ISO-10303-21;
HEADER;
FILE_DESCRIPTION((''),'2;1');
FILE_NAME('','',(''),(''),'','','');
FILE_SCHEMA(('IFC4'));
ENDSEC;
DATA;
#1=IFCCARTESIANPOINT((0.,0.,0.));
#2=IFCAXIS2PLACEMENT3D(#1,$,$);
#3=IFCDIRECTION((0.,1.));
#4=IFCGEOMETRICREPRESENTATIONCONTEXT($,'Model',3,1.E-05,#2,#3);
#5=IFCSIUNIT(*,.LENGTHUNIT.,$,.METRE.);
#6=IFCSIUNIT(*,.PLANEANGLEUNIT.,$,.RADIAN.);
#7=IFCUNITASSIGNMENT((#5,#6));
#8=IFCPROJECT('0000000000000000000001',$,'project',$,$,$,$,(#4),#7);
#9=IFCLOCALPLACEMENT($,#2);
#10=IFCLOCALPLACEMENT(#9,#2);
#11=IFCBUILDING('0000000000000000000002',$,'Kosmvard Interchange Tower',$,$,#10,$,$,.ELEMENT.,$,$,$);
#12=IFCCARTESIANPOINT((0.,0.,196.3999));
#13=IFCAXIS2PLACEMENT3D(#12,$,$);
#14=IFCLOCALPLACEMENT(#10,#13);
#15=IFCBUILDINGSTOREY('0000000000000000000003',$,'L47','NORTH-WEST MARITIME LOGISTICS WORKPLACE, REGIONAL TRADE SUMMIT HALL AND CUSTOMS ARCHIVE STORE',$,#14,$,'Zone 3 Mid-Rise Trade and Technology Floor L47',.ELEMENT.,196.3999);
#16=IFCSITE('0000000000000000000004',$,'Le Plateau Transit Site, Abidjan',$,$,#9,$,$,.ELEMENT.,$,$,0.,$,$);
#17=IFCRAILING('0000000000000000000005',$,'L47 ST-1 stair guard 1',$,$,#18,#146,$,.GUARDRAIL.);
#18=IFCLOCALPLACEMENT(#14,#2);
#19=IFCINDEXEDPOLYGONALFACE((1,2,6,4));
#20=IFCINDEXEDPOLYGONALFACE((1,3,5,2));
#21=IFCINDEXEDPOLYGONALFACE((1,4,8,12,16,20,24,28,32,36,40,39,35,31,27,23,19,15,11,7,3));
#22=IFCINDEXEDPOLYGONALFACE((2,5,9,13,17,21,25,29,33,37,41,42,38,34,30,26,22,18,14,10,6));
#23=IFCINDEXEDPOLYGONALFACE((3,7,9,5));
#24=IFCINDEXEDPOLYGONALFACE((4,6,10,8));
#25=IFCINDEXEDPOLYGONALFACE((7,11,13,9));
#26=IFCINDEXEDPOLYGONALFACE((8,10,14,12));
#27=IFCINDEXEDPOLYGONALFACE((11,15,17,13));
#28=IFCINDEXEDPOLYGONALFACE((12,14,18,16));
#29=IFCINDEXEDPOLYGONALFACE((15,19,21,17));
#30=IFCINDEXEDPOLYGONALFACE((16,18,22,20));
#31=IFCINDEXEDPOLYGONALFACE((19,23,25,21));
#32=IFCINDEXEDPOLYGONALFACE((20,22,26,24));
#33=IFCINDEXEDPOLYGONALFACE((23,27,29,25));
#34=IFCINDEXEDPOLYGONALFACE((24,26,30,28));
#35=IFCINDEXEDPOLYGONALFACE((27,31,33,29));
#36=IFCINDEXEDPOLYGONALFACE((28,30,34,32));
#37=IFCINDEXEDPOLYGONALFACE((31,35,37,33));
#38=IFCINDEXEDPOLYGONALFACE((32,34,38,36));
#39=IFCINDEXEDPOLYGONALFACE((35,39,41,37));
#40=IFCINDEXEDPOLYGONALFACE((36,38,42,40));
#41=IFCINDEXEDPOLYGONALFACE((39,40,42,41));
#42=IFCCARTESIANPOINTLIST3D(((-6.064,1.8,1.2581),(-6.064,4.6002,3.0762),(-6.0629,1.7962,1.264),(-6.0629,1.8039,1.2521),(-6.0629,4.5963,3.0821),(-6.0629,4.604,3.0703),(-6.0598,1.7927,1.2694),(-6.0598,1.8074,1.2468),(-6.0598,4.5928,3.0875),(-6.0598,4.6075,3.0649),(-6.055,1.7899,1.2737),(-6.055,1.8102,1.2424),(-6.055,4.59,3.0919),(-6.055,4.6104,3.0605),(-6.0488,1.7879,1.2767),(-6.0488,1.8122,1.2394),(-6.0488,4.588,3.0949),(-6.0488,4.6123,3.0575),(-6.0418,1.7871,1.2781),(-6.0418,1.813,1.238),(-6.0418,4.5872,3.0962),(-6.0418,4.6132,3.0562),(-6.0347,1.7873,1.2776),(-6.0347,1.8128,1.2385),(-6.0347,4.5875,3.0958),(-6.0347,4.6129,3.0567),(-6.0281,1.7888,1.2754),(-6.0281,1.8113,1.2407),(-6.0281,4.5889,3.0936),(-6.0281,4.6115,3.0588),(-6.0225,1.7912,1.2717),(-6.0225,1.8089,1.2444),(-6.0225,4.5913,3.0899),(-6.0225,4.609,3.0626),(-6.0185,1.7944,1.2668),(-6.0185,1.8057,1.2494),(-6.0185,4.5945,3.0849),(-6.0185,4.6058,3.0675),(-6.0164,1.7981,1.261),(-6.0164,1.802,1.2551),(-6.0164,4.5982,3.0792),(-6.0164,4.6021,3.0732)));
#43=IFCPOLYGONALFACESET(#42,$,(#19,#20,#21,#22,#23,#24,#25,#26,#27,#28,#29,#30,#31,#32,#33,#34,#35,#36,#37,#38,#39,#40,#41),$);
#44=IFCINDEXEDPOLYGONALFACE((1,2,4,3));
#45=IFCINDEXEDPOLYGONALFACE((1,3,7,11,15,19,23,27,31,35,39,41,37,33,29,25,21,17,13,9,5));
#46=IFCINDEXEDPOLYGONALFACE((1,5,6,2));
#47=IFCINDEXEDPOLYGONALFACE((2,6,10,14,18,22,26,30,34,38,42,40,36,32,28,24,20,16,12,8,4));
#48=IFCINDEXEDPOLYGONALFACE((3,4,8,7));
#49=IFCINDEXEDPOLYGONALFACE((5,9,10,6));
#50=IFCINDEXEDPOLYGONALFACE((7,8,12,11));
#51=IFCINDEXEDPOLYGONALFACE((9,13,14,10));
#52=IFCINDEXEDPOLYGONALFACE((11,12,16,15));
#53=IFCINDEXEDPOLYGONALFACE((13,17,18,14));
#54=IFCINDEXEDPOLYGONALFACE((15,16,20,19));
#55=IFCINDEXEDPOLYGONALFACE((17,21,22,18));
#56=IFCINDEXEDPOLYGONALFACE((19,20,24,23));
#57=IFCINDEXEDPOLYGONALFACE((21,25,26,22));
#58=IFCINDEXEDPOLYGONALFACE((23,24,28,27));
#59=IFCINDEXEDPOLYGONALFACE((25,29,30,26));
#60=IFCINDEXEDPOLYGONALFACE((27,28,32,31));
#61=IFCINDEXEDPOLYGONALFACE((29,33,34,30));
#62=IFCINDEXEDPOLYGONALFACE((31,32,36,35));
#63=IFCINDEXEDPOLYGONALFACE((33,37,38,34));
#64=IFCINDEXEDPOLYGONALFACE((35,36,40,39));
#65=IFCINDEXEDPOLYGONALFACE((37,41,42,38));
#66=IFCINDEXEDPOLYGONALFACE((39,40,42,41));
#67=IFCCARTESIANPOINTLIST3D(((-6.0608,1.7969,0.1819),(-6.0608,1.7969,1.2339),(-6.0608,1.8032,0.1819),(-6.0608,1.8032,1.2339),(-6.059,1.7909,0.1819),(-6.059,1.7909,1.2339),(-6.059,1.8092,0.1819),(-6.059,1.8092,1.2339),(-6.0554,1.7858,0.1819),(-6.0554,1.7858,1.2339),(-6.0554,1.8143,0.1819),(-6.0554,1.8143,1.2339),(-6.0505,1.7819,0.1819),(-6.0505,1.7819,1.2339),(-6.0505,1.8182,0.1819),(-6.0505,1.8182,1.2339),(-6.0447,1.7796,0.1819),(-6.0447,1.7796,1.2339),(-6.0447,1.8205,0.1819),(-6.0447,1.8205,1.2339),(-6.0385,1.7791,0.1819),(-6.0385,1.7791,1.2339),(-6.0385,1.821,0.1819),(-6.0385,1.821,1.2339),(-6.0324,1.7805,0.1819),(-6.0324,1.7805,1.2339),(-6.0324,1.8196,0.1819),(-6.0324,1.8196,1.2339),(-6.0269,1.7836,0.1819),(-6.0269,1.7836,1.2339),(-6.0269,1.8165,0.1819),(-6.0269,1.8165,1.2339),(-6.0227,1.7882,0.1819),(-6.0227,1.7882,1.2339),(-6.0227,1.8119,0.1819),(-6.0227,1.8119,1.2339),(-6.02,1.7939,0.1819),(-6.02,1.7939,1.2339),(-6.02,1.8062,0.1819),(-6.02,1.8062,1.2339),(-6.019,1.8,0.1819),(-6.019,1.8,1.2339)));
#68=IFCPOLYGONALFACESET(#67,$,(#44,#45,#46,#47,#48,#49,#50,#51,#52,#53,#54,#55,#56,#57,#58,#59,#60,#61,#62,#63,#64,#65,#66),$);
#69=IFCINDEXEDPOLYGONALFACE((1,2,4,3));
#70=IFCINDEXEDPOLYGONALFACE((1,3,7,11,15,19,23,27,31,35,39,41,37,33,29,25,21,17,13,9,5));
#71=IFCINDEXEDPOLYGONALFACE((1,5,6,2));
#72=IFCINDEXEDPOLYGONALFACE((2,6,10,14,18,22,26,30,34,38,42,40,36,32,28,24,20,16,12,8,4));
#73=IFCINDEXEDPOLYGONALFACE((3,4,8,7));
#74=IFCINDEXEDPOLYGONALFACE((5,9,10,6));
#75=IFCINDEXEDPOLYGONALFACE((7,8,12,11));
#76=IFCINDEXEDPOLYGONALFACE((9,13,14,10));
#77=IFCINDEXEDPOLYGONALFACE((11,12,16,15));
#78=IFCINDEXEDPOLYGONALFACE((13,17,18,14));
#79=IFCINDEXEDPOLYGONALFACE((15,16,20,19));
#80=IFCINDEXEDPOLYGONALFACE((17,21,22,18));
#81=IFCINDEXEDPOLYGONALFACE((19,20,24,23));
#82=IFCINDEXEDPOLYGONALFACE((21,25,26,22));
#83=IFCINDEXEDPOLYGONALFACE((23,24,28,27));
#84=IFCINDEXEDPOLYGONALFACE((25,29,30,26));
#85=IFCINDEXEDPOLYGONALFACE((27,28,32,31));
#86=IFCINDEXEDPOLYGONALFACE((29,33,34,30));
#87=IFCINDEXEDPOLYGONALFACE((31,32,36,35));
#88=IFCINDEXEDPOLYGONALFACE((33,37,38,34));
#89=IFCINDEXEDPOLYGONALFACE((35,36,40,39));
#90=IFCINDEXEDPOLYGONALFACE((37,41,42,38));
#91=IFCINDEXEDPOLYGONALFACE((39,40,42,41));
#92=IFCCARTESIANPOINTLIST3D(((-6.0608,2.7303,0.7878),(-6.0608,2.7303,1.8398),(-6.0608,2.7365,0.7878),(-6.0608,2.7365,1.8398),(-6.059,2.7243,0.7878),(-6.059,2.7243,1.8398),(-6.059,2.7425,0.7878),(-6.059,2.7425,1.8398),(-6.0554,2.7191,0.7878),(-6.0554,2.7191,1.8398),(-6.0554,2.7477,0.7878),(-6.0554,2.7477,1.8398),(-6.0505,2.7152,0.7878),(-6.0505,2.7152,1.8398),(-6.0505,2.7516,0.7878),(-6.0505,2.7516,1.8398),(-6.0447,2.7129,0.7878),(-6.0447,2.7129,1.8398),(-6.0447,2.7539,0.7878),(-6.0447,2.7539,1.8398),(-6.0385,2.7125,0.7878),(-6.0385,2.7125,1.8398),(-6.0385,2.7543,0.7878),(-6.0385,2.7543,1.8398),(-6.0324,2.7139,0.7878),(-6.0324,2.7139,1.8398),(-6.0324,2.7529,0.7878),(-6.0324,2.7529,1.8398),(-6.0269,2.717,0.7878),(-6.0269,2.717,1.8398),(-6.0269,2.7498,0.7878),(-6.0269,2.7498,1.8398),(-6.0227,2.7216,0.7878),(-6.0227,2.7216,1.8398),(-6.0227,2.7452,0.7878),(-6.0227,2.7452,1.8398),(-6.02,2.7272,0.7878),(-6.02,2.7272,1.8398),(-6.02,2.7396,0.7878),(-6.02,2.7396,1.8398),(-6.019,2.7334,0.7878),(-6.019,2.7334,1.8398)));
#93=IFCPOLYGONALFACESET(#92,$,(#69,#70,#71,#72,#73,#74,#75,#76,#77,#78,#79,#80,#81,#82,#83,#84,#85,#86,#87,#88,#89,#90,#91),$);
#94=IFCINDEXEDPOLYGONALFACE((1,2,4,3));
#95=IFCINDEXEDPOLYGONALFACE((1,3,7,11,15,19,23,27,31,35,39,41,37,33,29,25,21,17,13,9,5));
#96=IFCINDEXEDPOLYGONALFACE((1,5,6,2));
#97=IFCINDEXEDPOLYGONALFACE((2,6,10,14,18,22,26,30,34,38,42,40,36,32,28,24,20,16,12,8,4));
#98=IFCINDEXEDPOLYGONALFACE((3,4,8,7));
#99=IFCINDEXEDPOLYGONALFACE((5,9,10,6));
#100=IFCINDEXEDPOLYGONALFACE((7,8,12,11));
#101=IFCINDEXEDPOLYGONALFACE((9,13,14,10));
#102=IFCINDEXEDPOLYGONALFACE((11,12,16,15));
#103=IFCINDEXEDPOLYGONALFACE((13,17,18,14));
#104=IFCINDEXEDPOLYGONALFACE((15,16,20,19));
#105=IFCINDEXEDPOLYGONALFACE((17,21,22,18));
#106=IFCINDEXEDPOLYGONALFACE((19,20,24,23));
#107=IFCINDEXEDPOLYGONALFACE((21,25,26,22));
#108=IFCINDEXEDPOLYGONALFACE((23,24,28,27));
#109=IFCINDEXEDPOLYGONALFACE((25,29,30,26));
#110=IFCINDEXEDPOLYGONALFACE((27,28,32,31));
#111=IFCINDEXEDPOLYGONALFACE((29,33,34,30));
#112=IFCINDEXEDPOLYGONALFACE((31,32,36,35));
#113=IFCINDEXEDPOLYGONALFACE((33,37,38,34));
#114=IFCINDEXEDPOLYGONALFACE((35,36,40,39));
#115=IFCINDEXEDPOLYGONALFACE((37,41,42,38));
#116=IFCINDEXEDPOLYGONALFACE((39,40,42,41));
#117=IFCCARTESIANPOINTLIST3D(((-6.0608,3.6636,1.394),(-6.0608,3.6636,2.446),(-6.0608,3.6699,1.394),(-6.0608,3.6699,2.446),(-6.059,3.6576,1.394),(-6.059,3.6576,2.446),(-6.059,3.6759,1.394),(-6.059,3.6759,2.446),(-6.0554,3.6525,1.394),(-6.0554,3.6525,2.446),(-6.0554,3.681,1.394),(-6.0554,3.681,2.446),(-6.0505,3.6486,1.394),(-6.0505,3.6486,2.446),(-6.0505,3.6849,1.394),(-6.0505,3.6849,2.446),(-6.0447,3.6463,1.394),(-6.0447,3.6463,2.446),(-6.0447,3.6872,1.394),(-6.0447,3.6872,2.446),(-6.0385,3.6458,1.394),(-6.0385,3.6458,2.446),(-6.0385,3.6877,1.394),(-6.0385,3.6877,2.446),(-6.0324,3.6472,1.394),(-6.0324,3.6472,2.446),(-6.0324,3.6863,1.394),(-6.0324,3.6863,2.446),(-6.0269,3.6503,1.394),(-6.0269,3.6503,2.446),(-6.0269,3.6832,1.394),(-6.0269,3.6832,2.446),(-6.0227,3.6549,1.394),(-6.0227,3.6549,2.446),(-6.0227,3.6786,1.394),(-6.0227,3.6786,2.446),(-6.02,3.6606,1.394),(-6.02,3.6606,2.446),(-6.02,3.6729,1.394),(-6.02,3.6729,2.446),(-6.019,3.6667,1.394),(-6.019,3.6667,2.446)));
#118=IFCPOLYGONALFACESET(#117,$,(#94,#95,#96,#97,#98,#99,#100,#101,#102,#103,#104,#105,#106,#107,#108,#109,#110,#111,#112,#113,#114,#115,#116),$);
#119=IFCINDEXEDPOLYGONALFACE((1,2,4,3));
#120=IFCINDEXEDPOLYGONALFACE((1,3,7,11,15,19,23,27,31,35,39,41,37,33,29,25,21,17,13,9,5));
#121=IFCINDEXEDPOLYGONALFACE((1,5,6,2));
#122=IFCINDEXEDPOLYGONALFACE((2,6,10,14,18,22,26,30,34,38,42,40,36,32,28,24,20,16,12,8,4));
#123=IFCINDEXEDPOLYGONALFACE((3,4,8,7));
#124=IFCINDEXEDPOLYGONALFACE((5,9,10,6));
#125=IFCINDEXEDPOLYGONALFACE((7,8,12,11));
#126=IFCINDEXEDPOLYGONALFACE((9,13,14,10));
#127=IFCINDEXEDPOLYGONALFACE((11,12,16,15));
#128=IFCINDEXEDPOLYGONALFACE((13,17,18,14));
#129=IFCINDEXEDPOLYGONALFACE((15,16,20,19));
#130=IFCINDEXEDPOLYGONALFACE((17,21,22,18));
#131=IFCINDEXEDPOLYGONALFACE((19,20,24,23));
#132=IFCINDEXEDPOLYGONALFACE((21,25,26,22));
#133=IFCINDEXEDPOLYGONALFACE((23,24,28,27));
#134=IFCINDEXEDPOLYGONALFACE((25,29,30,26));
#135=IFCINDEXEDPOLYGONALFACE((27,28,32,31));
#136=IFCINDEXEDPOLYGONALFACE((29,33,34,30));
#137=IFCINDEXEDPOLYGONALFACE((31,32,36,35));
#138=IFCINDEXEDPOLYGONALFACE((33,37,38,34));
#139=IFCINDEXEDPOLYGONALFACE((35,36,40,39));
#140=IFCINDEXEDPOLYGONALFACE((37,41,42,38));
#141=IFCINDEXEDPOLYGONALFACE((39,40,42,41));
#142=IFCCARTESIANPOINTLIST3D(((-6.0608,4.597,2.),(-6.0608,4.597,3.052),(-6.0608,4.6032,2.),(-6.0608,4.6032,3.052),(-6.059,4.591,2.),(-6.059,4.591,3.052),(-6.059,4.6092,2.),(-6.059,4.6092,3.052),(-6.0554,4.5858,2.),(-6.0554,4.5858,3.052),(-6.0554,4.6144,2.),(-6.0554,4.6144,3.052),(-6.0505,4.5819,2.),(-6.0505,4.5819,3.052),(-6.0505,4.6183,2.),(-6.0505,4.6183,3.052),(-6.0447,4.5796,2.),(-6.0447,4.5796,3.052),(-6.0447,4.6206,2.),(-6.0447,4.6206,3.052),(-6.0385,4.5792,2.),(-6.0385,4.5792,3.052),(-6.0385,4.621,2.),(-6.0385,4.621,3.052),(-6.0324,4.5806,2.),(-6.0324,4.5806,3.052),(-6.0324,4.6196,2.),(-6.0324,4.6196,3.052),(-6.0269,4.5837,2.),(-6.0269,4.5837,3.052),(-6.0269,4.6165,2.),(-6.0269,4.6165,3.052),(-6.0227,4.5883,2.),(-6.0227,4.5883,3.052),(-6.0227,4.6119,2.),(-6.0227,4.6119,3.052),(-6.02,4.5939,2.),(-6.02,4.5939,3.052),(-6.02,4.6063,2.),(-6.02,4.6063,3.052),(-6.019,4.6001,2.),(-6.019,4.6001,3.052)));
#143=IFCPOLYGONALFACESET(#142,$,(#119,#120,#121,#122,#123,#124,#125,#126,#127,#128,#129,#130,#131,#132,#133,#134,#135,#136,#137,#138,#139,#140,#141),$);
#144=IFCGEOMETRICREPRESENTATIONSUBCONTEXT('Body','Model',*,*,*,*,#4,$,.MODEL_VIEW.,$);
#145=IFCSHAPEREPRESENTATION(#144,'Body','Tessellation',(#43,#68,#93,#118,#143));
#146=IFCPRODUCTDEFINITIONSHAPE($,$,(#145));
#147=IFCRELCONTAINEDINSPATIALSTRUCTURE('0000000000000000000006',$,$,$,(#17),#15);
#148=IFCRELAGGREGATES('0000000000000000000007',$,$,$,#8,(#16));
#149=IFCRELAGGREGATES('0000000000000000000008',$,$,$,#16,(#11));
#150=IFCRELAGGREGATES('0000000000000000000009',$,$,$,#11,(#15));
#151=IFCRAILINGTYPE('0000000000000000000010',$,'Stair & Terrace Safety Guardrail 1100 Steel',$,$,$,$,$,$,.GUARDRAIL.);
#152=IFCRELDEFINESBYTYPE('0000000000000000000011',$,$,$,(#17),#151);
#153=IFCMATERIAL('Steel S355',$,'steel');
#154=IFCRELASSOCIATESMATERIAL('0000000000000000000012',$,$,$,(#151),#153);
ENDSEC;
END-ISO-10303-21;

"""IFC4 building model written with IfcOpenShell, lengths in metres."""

from ifc_helpers import new_model, si_unit, direction, frame, origin, origin_2d, place, context, subcontext, project, spatial, circle, extrude, source, transform, mapped, material, type_object, element, save


model = new_model("IFC4")

# Units and contexts
model_context = context("Model", 3, precision=1e-05, world=origin(), true_north=direction((0.0, 1.0)))
body_context = subcontext(model_context, "Body", "Model", "MODEL_VIEW")
ifc_project = project(units=[si_unit("LENGTHUNIT", "METRE"), si_unit("PLANEANGLEUNIT", "RADIAN")], contexts=[model_context])

# Site, building, storey
site_placement = place(None, origin())
site = spatial("IfcSite", under=ifc_project, at=site_placement, Name="Le Plateau Transit Site, Abidjan", CompositionType="ELEMENT", RefElevation=0.0)
building_placement = place(site_placement, origin())
building = spatial("IfcBuilding", under=site, at=building_placement, Name="Kosmvard Interchange Tower", CompositionType="ELEMENT")
storey_placement = place(building_placement, frame((0.0, 0.0, 196.3999)))
storey = spatial("IfcBuildingStorey", under=building, at=storey_placement, Name="L47", Description="NORTH-WEST MARITIME LOGISTICS WORKPLACE, REGIONAL TRADE SUMMIT HALL AND CUSTOMS ARCHIVE STORE", LongName="Zone 3 Mid-Rise Trade and Technology Floor L47", CompositionType="ELEMENT", Elevation=196.3999)

# Shared definitions
ifc_material_1 = material(Name="Steel S355", Category="steel")

# Railing
railing_type_1 = type_object("IfcRailingType", Name="Stair & Terrace Safety Guardrail 1100 Steel", PredefinedType="GUARDRAIL", material=ifc_material_1)
shared_shape_1 = source(origin(), body_context, "Body", "SweptSolid", [
    extrude(circle(Radius=0.0239, at=origin_2d()), frame((0.0, 0.0, 1.0762), z_axis=(0.0, 0.838706, 0.544585), x_axis=(-1.0, 0.0, 0.0)), (0.0, 0.0, 1.0), 3.3386),
    extrude(circle(Radius=0.021, at=origin_2d()), origin(), (0.0, 0.0, 1.0), 1.052),
    extrude(circle(Radius=0.021, at=origin_2d()), frame((0.0, 0.9333, 0.606)), (0.0, 0.0, 1.0), 1.052),
    extrude(circle(Radius=0.021, at=origin_2d()), frame((0.0, 1.8667, 1.2122)), (0.0, 0.0, 1.0), 1.052),
    extrude(circle(Radius=0.021, at=origin_2d()), frame((0.0, 2.8, 1.8181)), (0.0, 0.0, 1.0), 1.052),
])
railing_1_placement = place(storey_placement, frame((-6.04, 1.8, 0.1819)))
element("IfcRailing", 1, at=railing_1_placement, inside=storey, type_object=railing_type_1, Name="L47 ST-1 stair guard 1", PredefinedType="GUARDRAIL", context=body_context, shape_type="MappedRepresentation", body=[
    mapped(shared_shape_1, transform((0.0, 0.0, 0.0), scale=1.0)),
])

save(model, "model.ifc")
